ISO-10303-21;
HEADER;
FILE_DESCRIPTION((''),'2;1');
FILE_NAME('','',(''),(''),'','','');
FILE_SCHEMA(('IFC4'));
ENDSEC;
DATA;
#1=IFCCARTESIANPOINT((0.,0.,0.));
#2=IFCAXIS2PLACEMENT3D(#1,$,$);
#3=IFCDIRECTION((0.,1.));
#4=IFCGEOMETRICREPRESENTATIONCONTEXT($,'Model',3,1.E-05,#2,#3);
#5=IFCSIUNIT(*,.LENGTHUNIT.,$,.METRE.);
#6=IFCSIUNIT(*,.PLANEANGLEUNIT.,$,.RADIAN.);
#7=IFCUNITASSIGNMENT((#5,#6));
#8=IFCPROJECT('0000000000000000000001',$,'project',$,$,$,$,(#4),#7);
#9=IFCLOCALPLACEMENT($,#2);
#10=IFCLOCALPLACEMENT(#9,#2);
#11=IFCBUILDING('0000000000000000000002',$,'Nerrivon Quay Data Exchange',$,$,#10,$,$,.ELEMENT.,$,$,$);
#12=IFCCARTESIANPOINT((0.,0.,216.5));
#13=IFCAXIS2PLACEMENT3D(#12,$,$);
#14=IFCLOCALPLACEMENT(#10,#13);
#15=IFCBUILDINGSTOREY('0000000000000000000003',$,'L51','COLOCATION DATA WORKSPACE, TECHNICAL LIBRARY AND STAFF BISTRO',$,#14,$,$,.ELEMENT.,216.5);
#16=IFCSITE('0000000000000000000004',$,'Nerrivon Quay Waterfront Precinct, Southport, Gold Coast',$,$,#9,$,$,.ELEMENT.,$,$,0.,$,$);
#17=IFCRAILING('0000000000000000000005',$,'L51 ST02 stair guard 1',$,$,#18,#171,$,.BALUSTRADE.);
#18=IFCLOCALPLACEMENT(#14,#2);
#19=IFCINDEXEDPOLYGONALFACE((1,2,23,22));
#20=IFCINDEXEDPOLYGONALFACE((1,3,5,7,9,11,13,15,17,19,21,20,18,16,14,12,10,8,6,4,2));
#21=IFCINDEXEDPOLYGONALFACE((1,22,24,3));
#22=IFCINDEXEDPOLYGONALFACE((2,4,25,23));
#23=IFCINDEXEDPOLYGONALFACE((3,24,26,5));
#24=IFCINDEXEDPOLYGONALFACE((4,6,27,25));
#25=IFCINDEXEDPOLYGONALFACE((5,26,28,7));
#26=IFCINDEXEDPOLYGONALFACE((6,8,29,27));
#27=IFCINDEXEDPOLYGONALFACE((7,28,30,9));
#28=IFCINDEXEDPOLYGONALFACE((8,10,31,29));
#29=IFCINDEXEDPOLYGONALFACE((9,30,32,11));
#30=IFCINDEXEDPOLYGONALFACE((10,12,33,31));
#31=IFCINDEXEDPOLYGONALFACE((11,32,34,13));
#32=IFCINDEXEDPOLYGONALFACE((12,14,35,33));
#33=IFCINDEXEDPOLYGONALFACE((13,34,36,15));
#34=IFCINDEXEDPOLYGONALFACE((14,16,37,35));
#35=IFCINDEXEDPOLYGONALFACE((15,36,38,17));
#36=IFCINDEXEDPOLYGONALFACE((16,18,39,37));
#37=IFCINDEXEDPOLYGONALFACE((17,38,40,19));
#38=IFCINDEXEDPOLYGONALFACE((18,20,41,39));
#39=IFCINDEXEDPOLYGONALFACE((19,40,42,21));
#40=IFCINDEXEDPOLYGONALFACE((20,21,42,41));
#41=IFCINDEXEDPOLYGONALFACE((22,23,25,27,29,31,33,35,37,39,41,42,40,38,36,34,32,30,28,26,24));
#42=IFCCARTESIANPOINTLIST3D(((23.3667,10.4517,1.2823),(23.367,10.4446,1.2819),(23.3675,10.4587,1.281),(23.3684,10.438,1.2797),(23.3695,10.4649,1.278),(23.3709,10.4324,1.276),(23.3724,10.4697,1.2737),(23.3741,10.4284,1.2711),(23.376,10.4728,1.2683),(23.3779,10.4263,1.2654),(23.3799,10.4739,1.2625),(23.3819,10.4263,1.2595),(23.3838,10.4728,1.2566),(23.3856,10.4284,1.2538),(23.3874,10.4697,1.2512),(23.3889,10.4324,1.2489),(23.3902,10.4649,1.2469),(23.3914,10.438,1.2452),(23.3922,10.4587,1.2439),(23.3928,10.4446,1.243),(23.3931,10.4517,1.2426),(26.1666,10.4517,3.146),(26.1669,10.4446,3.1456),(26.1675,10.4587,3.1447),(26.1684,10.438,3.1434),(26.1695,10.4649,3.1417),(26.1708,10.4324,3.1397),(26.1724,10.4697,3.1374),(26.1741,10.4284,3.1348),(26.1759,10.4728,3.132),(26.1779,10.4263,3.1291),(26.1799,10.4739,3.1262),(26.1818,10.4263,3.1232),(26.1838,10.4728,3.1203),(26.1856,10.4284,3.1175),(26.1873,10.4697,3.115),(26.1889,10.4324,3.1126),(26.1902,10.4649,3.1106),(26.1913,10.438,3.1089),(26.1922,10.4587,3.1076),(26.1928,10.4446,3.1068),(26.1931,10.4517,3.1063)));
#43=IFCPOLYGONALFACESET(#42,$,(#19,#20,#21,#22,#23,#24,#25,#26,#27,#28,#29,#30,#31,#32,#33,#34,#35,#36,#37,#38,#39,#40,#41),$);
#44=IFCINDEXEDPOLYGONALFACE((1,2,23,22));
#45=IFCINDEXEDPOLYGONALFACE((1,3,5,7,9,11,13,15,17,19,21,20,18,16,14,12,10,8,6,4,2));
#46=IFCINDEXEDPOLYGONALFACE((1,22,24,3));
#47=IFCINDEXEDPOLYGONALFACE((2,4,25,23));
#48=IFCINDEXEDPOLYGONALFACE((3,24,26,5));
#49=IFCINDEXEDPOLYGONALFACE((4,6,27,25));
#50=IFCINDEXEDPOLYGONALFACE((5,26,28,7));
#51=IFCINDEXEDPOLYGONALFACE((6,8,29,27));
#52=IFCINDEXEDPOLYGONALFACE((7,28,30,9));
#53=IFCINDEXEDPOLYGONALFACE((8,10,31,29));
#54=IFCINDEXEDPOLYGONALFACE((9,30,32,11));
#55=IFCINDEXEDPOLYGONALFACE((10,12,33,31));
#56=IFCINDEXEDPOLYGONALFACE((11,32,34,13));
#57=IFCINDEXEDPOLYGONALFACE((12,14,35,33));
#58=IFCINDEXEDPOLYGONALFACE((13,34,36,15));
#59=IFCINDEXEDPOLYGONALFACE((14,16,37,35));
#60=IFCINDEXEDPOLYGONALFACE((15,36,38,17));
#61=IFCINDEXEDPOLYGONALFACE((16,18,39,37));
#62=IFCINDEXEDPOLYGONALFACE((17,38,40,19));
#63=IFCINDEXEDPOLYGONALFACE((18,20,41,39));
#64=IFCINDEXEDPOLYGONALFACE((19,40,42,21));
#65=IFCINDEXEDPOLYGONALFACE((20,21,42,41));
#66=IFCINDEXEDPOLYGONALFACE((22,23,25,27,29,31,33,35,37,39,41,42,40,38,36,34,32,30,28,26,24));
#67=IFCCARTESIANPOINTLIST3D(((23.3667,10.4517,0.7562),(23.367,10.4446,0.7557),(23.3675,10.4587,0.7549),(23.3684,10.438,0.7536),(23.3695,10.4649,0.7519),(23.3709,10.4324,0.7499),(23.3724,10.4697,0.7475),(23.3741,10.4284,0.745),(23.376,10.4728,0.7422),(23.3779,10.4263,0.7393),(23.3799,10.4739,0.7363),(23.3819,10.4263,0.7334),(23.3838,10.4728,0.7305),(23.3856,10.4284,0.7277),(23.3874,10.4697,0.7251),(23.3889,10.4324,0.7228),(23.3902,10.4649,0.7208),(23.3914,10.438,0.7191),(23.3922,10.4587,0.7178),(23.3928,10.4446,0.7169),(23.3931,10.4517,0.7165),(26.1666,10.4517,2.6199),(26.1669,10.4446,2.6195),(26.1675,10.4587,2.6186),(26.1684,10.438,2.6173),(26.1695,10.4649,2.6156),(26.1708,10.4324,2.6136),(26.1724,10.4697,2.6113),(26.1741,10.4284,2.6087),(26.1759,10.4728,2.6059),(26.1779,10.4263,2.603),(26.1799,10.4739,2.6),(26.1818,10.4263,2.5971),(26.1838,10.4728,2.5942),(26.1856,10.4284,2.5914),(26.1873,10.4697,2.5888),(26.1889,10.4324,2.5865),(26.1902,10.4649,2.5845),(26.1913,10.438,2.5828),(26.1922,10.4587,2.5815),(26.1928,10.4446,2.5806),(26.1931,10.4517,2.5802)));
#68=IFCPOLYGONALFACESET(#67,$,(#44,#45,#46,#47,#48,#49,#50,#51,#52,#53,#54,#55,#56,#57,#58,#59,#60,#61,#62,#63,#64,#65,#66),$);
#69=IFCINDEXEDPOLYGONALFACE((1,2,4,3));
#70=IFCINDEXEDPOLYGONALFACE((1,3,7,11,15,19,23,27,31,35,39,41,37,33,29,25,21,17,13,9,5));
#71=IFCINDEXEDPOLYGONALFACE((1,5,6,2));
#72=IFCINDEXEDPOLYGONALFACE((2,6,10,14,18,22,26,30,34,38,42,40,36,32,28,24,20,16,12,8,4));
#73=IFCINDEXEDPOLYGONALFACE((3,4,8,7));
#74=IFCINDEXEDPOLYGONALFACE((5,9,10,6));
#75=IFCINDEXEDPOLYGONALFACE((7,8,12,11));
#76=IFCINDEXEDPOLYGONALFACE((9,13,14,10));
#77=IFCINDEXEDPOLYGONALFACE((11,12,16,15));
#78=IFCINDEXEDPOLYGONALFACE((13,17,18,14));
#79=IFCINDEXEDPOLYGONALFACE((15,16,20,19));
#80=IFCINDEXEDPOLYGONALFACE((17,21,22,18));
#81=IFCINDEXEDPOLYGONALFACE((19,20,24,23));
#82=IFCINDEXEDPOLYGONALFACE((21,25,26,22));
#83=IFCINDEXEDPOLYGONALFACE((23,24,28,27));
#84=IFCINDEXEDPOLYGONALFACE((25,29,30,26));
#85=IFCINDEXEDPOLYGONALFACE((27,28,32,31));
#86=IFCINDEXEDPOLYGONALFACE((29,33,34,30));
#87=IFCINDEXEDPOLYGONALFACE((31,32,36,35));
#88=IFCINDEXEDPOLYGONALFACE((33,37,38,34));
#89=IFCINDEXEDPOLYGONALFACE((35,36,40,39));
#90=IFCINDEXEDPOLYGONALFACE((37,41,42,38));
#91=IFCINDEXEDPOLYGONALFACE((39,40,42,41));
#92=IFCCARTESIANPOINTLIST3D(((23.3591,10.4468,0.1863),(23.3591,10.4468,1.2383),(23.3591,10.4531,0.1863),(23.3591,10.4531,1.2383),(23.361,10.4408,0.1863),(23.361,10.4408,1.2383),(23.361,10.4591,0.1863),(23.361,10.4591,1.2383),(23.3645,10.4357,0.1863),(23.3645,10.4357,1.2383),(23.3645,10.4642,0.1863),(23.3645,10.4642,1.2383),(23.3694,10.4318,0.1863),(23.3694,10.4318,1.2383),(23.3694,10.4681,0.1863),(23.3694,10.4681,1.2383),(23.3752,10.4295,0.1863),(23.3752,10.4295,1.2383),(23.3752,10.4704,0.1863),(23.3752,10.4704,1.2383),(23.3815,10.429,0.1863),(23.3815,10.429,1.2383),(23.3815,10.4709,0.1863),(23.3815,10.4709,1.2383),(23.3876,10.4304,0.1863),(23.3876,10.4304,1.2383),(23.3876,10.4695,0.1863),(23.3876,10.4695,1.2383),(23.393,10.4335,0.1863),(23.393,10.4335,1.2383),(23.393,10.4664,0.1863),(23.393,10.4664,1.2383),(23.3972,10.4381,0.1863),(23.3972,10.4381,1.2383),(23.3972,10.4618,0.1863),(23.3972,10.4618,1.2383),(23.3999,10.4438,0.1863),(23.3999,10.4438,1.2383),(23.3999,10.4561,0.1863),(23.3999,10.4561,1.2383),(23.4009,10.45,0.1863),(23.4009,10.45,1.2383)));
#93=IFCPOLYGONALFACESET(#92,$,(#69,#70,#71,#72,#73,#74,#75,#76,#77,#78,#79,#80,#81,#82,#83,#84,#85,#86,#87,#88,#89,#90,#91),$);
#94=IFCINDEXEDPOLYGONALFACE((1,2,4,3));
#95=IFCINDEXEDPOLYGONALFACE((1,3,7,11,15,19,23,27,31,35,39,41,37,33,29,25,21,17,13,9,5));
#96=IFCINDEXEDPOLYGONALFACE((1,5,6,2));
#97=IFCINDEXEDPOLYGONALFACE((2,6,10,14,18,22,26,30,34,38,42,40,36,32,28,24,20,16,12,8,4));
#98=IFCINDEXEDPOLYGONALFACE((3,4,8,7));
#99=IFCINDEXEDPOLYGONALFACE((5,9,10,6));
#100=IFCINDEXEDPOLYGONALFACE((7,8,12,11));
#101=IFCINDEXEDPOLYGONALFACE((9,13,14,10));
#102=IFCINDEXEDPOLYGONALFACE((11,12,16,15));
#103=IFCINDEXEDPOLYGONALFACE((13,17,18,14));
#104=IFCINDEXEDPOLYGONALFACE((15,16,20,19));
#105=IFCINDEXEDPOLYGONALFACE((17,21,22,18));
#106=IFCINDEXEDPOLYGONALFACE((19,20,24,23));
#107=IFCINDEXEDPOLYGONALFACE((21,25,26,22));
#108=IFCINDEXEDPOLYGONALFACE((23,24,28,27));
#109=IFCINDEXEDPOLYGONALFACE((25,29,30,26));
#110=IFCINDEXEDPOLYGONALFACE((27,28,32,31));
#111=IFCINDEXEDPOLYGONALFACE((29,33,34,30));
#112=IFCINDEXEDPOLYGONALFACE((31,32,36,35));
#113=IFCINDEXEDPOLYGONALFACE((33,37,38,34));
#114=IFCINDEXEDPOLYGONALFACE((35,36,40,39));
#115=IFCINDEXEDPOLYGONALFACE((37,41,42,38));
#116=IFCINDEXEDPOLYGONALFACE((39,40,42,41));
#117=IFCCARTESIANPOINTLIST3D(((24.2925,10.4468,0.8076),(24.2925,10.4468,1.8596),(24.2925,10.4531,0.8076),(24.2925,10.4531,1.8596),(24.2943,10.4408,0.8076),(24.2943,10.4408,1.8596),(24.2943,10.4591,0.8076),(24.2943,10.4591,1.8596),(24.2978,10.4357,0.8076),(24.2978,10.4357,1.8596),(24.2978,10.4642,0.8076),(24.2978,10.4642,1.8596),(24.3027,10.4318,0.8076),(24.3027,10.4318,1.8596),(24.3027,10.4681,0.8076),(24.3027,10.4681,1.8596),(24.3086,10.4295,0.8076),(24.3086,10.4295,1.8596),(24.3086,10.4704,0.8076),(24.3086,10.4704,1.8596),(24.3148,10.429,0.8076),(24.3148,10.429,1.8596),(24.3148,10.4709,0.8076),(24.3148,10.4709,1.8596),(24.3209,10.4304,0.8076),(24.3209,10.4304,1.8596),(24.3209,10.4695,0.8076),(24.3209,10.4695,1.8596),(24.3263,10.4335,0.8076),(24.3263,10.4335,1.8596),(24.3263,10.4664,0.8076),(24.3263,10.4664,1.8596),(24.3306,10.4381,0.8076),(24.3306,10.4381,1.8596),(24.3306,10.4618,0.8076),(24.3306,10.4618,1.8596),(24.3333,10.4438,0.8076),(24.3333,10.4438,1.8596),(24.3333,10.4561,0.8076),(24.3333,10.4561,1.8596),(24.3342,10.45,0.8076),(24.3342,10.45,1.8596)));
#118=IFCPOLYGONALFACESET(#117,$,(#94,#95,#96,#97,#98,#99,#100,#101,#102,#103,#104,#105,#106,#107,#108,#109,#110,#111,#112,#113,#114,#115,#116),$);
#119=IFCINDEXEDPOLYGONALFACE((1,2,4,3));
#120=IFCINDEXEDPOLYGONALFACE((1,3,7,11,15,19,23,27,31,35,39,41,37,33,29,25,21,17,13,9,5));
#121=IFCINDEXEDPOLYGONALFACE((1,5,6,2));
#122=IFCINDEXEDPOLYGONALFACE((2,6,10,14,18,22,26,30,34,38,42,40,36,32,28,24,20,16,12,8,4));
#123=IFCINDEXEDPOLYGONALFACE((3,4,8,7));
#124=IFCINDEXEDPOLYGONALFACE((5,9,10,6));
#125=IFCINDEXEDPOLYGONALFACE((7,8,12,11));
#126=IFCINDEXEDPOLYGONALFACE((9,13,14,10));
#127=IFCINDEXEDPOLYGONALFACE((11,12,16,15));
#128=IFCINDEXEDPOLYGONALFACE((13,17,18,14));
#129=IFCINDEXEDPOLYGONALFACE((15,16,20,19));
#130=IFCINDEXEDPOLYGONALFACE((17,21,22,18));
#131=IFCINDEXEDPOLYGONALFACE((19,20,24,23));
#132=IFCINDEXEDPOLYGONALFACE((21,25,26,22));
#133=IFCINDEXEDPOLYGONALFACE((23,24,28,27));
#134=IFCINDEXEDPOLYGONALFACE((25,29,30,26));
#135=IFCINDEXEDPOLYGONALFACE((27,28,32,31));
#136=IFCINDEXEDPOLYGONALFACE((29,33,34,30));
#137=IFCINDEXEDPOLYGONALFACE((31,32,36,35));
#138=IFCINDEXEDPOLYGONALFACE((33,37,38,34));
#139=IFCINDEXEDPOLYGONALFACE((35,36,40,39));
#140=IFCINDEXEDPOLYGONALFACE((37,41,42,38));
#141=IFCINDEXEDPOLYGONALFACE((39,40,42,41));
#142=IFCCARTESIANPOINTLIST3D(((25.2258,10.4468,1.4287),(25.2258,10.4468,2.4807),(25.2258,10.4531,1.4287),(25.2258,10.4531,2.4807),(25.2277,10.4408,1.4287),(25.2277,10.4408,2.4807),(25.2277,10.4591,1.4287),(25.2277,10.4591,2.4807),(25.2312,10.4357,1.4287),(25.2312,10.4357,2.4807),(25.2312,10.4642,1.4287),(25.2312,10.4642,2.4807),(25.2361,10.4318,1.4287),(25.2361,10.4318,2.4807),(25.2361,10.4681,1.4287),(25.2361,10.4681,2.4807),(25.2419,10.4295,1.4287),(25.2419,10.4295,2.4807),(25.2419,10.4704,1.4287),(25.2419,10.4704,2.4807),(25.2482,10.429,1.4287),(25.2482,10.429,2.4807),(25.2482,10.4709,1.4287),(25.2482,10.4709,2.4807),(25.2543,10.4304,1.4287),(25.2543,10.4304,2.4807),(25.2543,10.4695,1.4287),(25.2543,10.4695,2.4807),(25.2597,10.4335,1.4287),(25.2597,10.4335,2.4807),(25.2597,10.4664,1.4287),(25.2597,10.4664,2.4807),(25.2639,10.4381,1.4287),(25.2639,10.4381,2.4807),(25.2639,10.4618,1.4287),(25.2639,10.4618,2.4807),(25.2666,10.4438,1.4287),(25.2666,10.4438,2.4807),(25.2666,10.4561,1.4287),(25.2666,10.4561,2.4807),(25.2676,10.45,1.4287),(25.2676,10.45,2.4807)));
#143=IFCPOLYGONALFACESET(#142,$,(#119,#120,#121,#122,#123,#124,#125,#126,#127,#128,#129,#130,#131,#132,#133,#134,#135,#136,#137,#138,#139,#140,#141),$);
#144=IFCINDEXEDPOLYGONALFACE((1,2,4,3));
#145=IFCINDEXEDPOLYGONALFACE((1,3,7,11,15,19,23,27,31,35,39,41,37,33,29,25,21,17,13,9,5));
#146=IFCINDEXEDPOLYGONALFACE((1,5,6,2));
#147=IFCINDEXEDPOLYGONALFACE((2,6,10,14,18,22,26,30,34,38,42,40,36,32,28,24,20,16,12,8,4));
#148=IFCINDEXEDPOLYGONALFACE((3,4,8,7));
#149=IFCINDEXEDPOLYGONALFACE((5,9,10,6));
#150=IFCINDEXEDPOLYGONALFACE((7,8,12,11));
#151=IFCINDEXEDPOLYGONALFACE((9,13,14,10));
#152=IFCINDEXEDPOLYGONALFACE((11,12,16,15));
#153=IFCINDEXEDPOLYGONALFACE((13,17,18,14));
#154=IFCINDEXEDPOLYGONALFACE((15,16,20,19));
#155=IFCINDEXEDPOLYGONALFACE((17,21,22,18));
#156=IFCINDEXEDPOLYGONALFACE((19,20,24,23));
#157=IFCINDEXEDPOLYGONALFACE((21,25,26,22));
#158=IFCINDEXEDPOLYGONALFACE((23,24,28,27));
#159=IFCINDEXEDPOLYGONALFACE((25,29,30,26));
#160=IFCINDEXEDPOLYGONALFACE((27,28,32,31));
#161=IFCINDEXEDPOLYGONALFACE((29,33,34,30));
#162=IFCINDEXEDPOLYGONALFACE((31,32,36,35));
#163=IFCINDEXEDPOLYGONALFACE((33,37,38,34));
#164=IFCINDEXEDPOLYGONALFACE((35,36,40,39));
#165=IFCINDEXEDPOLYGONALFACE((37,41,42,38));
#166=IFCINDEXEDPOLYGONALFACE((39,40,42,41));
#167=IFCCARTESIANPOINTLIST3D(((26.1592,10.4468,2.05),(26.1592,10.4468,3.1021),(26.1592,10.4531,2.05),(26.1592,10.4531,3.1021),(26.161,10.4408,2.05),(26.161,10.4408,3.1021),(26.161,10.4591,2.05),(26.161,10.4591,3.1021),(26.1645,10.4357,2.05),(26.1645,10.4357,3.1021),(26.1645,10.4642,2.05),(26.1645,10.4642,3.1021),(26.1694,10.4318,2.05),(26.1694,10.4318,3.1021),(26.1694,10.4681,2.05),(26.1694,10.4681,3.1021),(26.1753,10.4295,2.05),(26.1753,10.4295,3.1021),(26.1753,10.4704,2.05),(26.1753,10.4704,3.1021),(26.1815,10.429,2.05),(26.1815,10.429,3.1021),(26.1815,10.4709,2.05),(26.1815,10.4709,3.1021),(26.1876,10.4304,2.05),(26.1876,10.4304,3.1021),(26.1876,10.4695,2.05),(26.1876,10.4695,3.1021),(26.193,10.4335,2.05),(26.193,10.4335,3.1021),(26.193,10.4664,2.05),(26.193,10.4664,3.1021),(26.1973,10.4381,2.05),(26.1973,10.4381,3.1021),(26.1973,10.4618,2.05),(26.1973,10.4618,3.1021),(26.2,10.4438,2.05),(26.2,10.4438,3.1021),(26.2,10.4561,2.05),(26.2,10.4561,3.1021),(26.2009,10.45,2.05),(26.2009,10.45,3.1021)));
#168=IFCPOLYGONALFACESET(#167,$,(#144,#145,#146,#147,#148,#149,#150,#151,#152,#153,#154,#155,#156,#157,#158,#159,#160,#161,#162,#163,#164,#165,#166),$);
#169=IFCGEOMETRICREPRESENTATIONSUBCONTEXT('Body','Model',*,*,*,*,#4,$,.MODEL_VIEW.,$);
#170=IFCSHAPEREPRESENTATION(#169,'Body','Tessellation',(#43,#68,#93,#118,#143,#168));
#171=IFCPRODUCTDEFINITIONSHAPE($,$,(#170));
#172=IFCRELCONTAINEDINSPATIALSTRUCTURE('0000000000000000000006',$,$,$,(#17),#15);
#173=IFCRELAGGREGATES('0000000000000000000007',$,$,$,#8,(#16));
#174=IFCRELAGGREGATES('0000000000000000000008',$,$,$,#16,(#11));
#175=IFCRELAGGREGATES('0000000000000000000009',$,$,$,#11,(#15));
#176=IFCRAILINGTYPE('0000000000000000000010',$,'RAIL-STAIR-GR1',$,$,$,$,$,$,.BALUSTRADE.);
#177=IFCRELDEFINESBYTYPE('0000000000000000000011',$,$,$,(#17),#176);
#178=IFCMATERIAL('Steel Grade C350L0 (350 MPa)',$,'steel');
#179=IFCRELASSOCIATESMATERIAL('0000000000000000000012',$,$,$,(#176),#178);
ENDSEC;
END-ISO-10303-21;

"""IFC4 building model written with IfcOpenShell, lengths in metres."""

from ifc_helpers import new_model, si_unit, direction, frame, origin, origin_2d, place, context, subcontext, project, spatial, circle, extrude, material, type_object, element, save


model = new_model("IFC4")

# Units and contexts
model_context = context("Model", 3, precision=1e-05, world=origin(), true_north=direction((0.0, 1.0)))
body_context = subcontext(model_context, "Body", "Model", "MODEL_VIEW")
ifc_project = project(units=[si_unit("LENGTHUNIT", "METRE"), si_unit("PLANEANGLEUNIT", "RADIAN")], contexts=[model_context])

# Site, building, storey
site_placement = place(None, origin())
site = spatial("IfcSite", under=ifc_project, at=site_placement, Name="Nerrivon Quay Waterfront Precinct, Southport, Gold Coast", CompositionType="ELEMENT", RefElevation=0.0)
building_placement = place(site_placement, origin())
building = spatial("IfcBuilding", under=site, at=building_placement, Name="Nerrivon Quay Data Exchange", CompositionType="ELEMENT")
storey_placement = place(building_placement, frame((0.0, 0.0, 216.5)))
storey = spatial("IfcBuildingStorey", under=building, at=storey_placement, Name="L51", Description="COLOCATION DATA WORKSPACE, TECHNICAL LIBRARY AND STAFF BISTRO", CompositionType="ELEMENT", Elevation=216.5)

# Railing
ifc_material_1 = material(Name="Steel Grade C350L0 (350 MPa)", Category="steel")
railing_type_1 = type_object("IfcRailingType", Name="RAIL-STAIR-GR1", PredefinedType="BALUSTRADE", material=ifc_material_1)
railing_1_placement = place(storey_placement, frame((23.3799, 10.45, 0.1863)))
element("IfcRailing", 1, at=railing_1_placement, inside=storey, type_object=railing_type_1, Name="L51 ST02 stair guard 1", PredefinedType="BALUSTRADE", context=body_context, shape_type="SweptSolid", body=[
    extrude(circle(Radius=0.0239, at=origin_2d()), frame((0.0, 0.0, 1.0762), z_axis=(0.832452, 0.0, 0.554097), x_axis=(0.0, 1.0, 0.0)), (0.0, 0.0, 1.0), 3.3635),
    extrude(circle(Radius=0.0239, at=origin_2d()), frame((0.0, 0.0, 0.55), z_axis=(0.832452, 0.0, 0.554097), x_axis=(0.0, 1.0, 0.0)), (0.0, 0.0, 1.0), 3.3635),
    extrude(circle(Radius=0.021, at=origin_2d()), origin(), (0.0, 0.0, 1.0), 1.052),
    extrude(circle(Radius=0.021, at=origin_2d()), frame((0.9333, 0.0, 0.6213)), (0.0, 0.0, 1.0), 1.052),
    extrude(circle(Radius=0.021, at=origin_2d()), frame((1.8667, 0.0, 1.2424)), (0.0, 0.0, 1.0), 1.052),
    extrude(circle(Radius=0.021, at=origin_2d()), frame((2.8, 0.0, 1.8638)), (0.0, 0.0, 1.0), 1.052),
])

save(model, "model.ifc")
